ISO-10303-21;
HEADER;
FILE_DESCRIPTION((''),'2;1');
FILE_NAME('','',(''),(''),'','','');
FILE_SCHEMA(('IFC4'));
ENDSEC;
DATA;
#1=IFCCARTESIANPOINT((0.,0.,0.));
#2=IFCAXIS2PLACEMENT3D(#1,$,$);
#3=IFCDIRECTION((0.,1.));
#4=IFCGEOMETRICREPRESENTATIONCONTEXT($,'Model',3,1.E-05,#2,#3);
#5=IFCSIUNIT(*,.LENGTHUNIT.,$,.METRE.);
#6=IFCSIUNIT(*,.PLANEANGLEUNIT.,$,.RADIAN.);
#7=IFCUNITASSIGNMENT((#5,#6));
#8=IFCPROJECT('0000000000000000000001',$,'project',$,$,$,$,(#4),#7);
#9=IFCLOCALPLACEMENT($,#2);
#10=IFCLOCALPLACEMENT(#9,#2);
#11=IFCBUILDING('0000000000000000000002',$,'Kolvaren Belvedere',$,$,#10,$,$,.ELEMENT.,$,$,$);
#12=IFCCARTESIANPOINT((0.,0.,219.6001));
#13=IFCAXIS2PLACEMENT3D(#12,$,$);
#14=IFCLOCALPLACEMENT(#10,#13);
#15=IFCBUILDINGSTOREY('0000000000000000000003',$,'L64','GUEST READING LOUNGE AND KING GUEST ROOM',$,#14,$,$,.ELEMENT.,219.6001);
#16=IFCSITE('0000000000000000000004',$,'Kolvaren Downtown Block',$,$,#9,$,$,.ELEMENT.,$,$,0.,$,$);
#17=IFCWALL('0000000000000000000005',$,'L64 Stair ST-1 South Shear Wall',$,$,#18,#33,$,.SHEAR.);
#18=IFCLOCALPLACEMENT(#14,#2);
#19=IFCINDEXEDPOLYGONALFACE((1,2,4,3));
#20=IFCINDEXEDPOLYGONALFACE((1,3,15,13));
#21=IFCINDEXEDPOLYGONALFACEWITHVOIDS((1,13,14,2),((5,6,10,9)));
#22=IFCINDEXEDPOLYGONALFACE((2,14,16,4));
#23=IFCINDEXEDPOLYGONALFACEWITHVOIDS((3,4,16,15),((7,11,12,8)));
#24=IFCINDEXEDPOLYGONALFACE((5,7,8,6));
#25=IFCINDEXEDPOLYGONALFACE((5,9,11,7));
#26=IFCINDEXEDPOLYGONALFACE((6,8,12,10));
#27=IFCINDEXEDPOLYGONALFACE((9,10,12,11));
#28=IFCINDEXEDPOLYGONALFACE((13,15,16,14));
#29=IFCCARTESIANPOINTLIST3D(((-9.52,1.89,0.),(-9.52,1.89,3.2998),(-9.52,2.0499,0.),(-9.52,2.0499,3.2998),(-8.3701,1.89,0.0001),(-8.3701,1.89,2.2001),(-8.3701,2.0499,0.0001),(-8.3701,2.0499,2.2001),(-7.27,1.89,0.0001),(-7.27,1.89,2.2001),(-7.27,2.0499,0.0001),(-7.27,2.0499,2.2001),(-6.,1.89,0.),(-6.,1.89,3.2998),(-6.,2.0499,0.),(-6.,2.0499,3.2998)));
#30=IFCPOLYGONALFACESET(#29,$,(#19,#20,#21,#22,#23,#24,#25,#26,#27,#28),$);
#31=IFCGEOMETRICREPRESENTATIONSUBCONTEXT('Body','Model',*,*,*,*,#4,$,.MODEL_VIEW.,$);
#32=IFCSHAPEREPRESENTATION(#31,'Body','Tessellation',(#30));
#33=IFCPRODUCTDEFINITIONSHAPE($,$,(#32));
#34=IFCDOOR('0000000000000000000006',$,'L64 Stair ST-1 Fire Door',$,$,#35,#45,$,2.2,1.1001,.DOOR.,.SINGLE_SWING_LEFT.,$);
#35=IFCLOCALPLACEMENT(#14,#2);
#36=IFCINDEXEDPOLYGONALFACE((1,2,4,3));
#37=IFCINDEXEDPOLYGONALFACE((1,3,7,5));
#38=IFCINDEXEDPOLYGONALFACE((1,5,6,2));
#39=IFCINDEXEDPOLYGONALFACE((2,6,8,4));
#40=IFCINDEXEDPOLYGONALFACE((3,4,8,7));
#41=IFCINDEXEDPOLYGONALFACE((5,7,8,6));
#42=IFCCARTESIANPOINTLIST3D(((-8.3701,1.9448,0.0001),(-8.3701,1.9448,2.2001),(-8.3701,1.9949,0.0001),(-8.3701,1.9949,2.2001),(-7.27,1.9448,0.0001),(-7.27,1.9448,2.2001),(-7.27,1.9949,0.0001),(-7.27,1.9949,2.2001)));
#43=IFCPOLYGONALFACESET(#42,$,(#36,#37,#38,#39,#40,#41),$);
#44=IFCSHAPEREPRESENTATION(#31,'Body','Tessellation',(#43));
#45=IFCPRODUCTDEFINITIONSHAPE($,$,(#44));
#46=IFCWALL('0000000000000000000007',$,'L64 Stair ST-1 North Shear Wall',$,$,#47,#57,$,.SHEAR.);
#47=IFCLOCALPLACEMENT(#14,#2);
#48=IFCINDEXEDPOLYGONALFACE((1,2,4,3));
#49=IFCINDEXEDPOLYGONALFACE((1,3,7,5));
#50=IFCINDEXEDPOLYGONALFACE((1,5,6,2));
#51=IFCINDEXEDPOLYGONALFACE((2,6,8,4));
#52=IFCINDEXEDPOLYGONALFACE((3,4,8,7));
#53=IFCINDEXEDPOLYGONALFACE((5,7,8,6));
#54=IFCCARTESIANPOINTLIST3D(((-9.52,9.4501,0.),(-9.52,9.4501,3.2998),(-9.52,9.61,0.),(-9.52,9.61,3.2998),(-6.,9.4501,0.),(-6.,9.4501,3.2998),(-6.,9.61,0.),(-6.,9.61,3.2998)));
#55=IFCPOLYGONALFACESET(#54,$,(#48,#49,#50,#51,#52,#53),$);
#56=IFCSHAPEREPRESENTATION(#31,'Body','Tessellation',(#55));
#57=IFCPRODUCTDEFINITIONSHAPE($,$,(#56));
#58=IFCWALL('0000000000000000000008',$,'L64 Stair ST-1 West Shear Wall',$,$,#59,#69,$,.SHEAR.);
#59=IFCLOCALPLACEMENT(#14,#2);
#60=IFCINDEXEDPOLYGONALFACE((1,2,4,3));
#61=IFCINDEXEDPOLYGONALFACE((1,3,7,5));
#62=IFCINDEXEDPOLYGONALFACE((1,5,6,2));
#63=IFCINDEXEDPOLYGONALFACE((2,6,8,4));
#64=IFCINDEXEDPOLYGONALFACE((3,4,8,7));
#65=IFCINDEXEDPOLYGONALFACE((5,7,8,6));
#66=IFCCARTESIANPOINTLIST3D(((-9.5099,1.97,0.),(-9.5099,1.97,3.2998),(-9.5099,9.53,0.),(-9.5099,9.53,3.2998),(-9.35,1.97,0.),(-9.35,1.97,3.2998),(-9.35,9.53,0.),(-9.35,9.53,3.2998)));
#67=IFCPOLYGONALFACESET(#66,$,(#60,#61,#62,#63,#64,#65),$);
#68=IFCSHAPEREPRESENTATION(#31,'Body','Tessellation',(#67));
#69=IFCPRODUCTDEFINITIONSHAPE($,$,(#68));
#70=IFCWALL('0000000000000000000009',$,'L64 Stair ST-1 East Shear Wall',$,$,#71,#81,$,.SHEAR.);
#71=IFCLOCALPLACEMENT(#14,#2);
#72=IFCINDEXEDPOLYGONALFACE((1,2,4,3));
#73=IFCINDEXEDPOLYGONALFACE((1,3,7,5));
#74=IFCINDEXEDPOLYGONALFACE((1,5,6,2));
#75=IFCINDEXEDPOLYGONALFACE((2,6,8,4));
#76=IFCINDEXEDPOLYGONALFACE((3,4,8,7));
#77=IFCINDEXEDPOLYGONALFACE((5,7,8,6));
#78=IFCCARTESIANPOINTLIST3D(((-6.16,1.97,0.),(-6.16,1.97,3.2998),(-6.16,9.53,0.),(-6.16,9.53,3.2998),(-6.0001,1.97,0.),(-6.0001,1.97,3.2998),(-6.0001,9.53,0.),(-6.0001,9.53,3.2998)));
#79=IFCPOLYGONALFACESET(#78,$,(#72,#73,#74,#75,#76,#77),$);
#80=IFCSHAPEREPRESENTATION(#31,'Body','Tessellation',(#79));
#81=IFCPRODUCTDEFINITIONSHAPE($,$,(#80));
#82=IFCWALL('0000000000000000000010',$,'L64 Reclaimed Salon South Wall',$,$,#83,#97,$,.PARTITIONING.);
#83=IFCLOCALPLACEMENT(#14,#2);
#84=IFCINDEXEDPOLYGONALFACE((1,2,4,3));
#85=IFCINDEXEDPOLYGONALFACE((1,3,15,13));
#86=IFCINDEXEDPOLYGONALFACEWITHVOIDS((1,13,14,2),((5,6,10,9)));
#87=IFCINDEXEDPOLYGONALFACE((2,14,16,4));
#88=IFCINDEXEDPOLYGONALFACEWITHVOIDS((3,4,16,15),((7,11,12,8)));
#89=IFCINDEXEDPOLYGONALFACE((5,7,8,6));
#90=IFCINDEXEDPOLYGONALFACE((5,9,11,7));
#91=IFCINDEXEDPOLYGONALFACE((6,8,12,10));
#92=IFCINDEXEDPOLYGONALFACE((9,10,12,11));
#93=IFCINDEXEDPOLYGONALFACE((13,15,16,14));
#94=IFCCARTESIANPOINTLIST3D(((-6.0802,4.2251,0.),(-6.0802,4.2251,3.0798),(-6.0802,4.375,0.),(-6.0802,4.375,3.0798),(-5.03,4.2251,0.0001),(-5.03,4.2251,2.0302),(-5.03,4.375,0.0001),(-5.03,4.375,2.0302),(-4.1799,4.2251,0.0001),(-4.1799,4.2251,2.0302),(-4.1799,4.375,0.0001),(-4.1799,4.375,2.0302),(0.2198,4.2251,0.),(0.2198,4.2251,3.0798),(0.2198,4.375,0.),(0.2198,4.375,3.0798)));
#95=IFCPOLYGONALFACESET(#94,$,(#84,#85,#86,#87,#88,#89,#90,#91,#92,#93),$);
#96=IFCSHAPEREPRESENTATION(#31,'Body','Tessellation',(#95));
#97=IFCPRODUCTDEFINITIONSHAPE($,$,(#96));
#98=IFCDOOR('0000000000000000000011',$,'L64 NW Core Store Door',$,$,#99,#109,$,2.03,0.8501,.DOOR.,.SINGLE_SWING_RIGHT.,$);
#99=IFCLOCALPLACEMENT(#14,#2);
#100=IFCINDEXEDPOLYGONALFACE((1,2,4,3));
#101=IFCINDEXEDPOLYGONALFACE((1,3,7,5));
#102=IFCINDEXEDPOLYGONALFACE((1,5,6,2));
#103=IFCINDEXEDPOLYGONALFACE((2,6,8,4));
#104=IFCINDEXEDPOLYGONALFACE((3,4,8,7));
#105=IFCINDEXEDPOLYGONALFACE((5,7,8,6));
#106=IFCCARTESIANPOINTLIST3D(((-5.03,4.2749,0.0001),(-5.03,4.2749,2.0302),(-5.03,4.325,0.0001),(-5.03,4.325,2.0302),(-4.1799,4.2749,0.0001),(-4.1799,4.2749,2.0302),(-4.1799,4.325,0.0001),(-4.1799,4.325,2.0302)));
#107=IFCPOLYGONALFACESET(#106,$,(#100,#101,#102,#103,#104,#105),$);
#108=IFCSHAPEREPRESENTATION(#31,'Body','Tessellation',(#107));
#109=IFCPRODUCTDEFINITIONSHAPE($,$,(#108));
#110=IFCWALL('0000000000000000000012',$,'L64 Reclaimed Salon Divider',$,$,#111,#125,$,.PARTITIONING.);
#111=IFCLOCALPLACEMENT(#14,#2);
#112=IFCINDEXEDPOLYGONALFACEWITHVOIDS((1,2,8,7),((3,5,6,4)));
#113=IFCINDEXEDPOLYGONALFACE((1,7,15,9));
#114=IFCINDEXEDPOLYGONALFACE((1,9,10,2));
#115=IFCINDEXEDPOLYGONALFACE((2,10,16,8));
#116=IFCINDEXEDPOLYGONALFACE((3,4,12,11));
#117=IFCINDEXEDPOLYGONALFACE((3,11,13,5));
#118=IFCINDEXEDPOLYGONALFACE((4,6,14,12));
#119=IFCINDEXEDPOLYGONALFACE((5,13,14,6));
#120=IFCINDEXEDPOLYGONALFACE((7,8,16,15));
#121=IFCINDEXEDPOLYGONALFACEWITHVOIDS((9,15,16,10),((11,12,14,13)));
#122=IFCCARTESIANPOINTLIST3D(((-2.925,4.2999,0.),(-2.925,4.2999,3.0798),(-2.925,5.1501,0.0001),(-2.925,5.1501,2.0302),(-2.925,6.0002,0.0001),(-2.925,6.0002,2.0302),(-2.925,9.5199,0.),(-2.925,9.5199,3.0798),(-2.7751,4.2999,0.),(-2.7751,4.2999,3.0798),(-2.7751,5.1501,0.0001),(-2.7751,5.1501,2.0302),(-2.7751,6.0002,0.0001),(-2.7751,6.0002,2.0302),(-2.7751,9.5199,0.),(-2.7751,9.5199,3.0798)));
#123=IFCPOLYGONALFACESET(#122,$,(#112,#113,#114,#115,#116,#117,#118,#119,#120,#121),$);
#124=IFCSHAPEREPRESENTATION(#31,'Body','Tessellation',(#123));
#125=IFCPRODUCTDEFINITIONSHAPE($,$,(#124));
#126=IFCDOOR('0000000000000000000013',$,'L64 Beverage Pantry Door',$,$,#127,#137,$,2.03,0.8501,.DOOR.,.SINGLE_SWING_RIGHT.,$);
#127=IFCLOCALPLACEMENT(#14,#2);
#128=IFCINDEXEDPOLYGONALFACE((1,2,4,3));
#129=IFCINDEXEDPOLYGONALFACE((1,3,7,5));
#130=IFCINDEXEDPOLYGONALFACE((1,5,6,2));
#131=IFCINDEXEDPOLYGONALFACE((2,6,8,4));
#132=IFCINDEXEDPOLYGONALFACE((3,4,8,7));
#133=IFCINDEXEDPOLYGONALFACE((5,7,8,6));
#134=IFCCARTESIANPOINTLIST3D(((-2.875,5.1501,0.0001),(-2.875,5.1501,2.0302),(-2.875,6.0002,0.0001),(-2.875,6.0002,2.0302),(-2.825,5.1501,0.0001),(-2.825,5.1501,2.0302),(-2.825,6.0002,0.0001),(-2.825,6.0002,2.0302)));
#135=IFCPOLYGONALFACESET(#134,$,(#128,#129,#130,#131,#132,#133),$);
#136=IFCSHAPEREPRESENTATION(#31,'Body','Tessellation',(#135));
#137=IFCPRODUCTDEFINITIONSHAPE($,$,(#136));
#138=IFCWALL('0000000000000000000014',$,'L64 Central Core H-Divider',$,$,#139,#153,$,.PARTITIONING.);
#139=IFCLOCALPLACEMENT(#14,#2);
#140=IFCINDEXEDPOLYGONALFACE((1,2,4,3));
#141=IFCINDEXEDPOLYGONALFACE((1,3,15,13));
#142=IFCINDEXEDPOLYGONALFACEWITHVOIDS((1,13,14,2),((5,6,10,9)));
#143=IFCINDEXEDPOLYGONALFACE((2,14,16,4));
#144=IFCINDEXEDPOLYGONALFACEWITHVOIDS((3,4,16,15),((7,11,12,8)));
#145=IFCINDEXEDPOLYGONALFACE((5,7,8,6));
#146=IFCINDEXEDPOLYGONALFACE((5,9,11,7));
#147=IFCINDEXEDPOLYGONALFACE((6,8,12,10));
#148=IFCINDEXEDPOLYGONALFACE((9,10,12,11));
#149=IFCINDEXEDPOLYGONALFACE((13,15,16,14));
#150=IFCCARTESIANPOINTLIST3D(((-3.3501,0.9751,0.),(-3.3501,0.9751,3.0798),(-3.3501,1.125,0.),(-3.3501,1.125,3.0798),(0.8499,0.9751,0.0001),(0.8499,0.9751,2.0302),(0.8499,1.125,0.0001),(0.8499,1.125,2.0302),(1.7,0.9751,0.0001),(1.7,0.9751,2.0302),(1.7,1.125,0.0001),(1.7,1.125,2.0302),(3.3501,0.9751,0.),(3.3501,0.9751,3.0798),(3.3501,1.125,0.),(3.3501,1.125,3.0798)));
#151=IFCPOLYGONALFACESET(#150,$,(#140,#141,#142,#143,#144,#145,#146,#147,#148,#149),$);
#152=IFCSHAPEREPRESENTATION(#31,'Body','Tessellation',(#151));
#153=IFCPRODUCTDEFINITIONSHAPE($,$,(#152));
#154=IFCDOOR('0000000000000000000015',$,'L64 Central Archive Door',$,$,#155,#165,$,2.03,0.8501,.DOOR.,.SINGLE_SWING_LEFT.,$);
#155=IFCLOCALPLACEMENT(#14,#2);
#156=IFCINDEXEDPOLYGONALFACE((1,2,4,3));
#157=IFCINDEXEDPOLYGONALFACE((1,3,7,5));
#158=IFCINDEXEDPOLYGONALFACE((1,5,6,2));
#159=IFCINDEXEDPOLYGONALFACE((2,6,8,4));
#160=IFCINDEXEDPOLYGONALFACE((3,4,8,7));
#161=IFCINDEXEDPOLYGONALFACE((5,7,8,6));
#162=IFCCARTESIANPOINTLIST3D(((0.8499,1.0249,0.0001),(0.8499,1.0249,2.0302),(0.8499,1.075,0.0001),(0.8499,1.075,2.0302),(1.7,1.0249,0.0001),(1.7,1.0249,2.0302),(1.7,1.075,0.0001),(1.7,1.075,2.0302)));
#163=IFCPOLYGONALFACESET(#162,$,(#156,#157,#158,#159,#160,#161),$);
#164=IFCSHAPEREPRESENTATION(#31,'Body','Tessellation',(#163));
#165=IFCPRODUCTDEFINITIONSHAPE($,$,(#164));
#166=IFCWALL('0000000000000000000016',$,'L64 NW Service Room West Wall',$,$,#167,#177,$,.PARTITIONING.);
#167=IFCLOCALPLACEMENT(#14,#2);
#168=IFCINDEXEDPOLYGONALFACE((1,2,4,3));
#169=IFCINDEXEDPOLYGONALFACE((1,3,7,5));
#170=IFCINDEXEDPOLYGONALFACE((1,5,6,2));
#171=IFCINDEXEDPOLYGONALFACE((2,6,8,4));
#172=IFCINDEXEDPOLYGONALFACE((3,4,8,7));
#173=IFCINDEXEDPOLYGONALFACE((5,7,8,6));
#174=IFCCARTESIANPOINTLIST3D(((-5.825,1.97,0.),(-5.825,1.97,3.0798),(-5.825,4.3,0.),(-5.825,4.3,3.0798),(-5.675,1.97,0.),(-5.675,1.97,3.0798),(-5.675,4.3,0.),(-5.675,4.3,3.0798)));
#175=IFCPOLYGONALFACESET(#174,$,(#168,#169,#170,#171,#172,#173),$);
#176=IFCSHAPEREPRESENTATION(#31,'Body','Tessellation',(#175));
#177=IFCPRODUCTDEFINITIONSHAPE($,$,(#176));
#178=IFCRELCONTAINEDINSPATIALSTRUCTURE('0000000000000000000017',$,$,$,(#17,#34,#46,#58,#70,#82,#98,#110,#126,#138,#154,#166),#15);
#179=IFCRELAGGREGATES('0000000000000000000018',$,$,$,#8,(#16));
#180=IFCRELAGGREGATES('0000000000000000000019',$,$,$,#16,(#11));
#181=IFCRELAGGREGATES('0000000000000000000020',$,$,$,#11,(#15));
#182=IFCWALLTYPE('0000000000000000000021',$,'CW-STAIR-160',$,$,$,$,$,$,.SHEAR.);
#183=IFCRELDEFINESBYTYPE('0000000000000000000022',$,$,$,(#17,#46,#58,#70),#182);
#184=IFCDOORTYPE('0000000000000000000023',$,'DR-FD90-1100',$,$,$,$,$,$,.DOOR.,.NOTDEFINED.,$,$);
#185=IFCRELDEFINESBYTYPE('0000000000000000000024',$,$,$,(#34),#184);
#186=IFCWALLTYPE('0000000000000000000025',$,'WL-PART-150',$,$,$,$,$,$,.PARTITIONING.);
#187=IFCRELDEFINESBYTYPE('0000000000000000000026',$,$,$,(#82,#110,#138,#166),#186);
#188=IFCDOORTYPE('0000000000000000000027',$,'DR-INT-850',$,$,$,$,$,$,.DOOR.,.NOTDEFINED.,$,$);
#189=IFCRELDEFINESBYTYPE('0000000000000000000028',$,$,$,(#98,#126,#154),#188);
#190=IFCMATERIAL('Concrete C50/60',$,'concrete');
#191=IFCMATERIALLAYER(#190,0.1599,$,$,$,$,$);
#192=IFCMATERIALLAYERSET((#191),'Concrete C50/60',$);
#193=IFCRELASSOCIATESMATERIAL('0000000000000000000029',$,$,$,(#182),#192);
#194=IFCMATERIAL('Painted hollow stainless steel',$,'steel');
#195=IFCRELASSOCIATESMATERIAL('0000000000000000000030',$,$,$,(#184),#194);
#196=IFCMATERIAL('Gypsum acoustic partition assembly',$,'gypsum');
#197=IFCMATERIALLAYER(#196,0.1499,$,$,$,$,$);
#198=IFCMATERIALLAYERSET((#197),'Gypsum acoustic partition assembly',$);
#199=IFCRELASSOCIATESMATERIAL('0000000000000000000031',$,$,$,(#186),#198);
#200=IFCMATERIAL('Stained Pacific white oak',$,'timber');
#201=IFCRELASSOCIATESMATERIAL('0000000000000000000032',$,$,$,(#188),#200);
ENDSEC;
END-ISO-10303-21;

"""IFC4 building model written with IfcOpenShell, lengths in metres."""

from ifc_helpers import new_model, si_unit, direction, frame, frame_2d, origin, place, context, subcontext, project, spatial, rectangle, extrude, material, layer, layer_set, type_object, element, fill, save


model = new_model("IFC4")

# Units and contexts
model_context = context("Model", 3, precision=1e-05, world=origin(), true_north=direction((0.0, 1.0)))
body_context = subcontext(model_context, "Body", "Model", "MODEL_VIEW")
ifc_project = project(units=[si_unit("LENGTHUNIT", "METRE"), si_unit("PLANEANGLEUNIT", "RADIAN")], contexts=[model_context])

# Site, building, storey
site_placement = place(None, origin())
site = spatial("IfcSite", under=ifc_project, at=site_placement, Name="Kolvaren Downtown Block", CompositionType="ELEMENT", RefElevation=0.0)
building_placement = place(site_placement, origin())
building = spatial("IfcBuilding", under=site, at=building_placement, Name="Kolvaren Belvedere", CompositionType="ELEMENT")
storey_placement = place(building_placement, frame((0.0, 0.0, 219.6001)))
storey = spatial("IfcBuildingStorey", under=building, at=storey_placement, Name="L64", Description="GUEST READING LOUNGE AND KING GUEST ROOM", CompositionType="ELEMENT", Elevation=219.6001)

# Wall, opening, door
ifc_material_1 = material(Name="Concrete C50/60", Category="concrete")
ifc_layer_1 = layer(ifc_material_1, 0.1599)
ifc_layer_set_1 = layer_set([ifc_layer_1], Name="Concrete C50/60")
wall_type_1 = type_object("IfcWallType", Name="CW-STAIR-160", PredefinedType="SHEAR", material=ifc_layer_set_1)
wall_1_placement = place(storey_placement, frame((-9.52, 1.97, 0.0), z_axis=(0.0, 0.0, 1.0), x_axis=(1.0, 0.0, 0.0)))
wall_1 = element("IfcWall", 1, at=wall_1_placement, inside=storey, type_object=wall_type_1, Name="L64 Stair ST-1 South Shear Wall", PredefinedType="SHEAR", context=body_context, shape_type="SweptSolid", body=[
    extrude(rectangle(XDim=3.52, YDim=0.1599, at=frame_2d((1.76, 0.0))), origin(), (0.0, 0.0, 1.0), 3.2998),
])
opening_1_placement = place(wall_1_placement, frame((1.1499, 0.0, 0.0)))
opening_1 = element("IfcOpeningElement", 2, at=opening_1_placement, cuts=wall_1, PredefinedType="OPENING", context=body_context, shape_type="SweptSolid", body=[
    extrude(rectangle(XDim=1.1001, YDim=2.2, at=frame_2d((0.55, 1.1001))), frame((0.0, 0.0898, 0.0), z_axis=(0.0, -1.0, 0.0), x_axis=(1.0, 0.0, 0.0)), (0.0, 0.0, 1.0), 0.1799),
])
ifc_material_2 = material(Name="Painted hollow stainless steel", Category="steel")
door_type_1 = type_object("IfcDoorType", Name="DR-FD90-1100", OperationType="NOTDEFINED", PredefinedType="DOOR", material=ifc_material_2)
door_1_placement = place(opening_1_placement, origin())
door_1 = element("IfcDoor", 3, at=door_1_placement, inside=storey, type_object=door_type_1, Name="L64 Stair ST-1 Fire Door", OperationType="SINGLE_SWING_LEFT", OverallHeight=2.2, OverallWidth=1.1001, PredefinedType="DOOR", context=body_context, shape_type="SweptSolid", body=[
    extrude(rectangle(XDim=1.1001, YDim=2.2, at=frame_2d((0.55, 1.1001))), frame((0.0, 0.0249, 0.0), z_axis=(0.0, -1.0, 0.0), x_axis=(1.0, 0.0, 0.0)), (0.0, 0.0, 1.0), 0.05),
])
fill(opening_1, door_1)

# Walls
wall_2_placement = place(storey_placement, frame((-9.52, 9.53, 0.0), z_axis=(0.0, 0.0, 1.0), x_axis=(1.0, 0.0, 0.0)))
element("IfcWall", 4, at=wall_2_placement, inside=storey, type_object=wall_type_1, Name="L64 Stair ST-1 North Shear Wall", PredefinedType="SHEAR", context=body_context, shape_type="SweptSolid", body=[
    extrude(rectangle(XDim=3.52, YDim=0.1599, at=frame_2d((1.76, 0.0))), origin(), (0.0, 0.0, 1.0), 3.2998),
])
for number, where, z_axis, x_axis, name in (
    (5, (-9.4299, 1.97, 0.0), (0.0, 0.0, 1.0), (0.0, 1.0, 0.0), "L64 Stair ST-1 West Shear Wall"),
    (6, (-6.0801, 1.97, 0.0), (0.0, 0.0, 1.0), (0.0, 1.0, 0.0), "L64 Stair ST-1 East Shear Wall"),
):
    element("IfcWall", number, at=place(storey_placement, frame(where, z_axis=z_axis, x_axis=x_axis)), inside=storey, type_object=wall_type_1, Name=name, PredefinedType="SHEAR", context=body_context, shape_type="SweptSolid", body=[
        extrude(rectangle(XDim=7.5601, YDim=0.1599, at=frame_2d((3.78, 0.0))), origin(), (0.0, 0.0, 1.0), 3.2998),
    ])

# Walls, openings, doors
ifc_material_3 = material(Name="Gypsum acoustic partition assembly", Category="gypsum")
ifc_layer_2 = layer(ifc_material_3, 0.1499)
ifc_layer_set_2 = layer_set([ifc_layer_2], Name="Gypsum acoustic partition assembly")
wall_type_2 = type_object("IfcWallType", Name="WL-PART-150", PredefinedType="PARTITIONING", material=ifc_layer_set_2)
wall_3_placement = place(storey_placement, frame((-6.0801, 4.3, 0.0), z_axis=(0.0, 0.0, 1.0), x_axis=(1.0, 0.0, 0.0)))
wall_3 = element("IfcWall", 7, at=wall_3_placement, inside=storey, type_object=wall_type_2, Name="L64 Reclaimed Salon South Wall", PredefinedType="PARTITIONING", context=body_context, shape_type="SweptSolid", body=[
    extrude(rectangle(XDim=6.3, YDim=0.1499, at=frame_2d((3.1499, 0.0))), origin(), (0.0, 0.0, 1.0), 3.0798),
])
opening_2_placement = place(wall_3_placement, frame((1.05, 0.0, 0.0)))
opening_2 = element("IfcOpeningElement", 8, at=opening_2_placement, cuts=wall_3, PredefinedType="OPENING", context=body_context, shape_type="SweptSolid", body=[
    extrude(rectangle(XDim=0.8501, YDim=2.03, at=frame_2d((0.425, 1.0151))), frame((0.0, 0.085, 0.0), z_axis=(0.0, -1.0, 0.0), x_axis=(1.0, 0.0, 0.0)), (0.0, 0.0, 1.0), 0.1699),
])
ifc_material_4 = material(Name="Stained Pacific white oak", Category="timber")
door_type_2 = type_object("IfcDoorType", Name="DR-INT-850", OperationType="NOTDEFINED", PredefinedType="DOOR", material=ifc_material_4)
door_2_placement = place(opening_2_placement, origin())
door_2 = element("IfcDoor", 9, at=door_2_placement, inside=storey, type_object=door_type_2, Name="L64 NW Core Store Door", OperationType="SINGLE_SWING_RIGHT", OverallHeight=2.03, OverallWidth=0.8501, PredefinedType="DOOR", context=body_context, shape_type="SweptSolid", body=[
    extrude(rectangle(XDim=0.8501, YDim=2.03, at=frame_2d((0.425, 1.0151))), frame((0.0, 0.0249, 0.0), z_axis=(0.0, -1.0, 0.0), x_axis=(1.0, 0.0, 0.0)), (0.0, 0.0, 1.0), 0.05),
])
fill(opening_2, door_2)
wall_4_placement = place(storey_placement, frame((-2.8501, 4.3, 0.0), z_axis=(0.0, 0.0, 1.0), x_axis=(0.0, 1.0, 0.0)))
wall_4 = element("IfcWall", 10, at=wall_4_placement, inside=storey, type_object=wall_type_2, Name="L64 Reclaimed Salon Divider", PredefinedType="PARTITIONING", context=body_context, shape_type="SweptSolid", body=[
    extrude(rectangle(XDim=5.22, YDim=0.1499, at=frame_2d((2.6099, 0.0))), origin(), (0.0, 0.0, 1.0), 3.0798),
])
opening_3_placement = place(wall_4_placement, frame((0.8501, 0.0, 0.0)))
opening_3 = element("IfcOpeningElement", 11, at=opening_3_placement, cuts=wall_4, PredefinedType="OPENING", context=body_context, shape_type="SweptSolid", body=[
    extrude(rectangle(XDim=0.8501, YDim=2.03, at=frame_2d((0.425, 1.0151))), frame((0.0, 0.085, 0.0), z_axis=(0.0, -1.0, 0.0), x_axis=(1.0, 0.0, 0.0)), (0.0, 0.0, 1.0), 0.1699),
])
door_3_placement = place(opening_3_placement, origin())
door_3 = element("IfcDoor", 12, at=door_3_placement, inside=storey, type_object=door_type_2, Name="L64 Beverage Pantry Door", OperationType="SINGLE_SWING_RIGHT", OverallHeight=2.03, OverallWidth=0.8501, PredefinedType="DOOR", context=body_context, shape_type="SweptSolid", body=[
    extrude(rectangle(XDim=0.8501, YDim=2.03, at=frame_2d((0.425, 1.0151))), frame((0.0, 0.0249, 0.0), z_axis=(0.0, -1.0, 0.0), x_axis=(1.0, 0.0, 0.0)), (0.0, 0.0, 1.0), 0.05),
])
fill(opening_3, door_3)
wall_5_placement = place(storey_placement, frame((-3.3501, 1.05, 0.0), z_axis=(0.0, 0.0, 1.0), x_axis=(1.0, 0.0, 0.0)))
wall_5 = element("IfcWall", 13, at=wall_5_placement, inside=storey, type_object=wall_type_2, Name="L64 Central Core H-Divider", PredefinedType="PARTITIONING", context=body_context, shape_type="SweptSolid", body=[
    extrude(rectangle(XDim=6.7002, YDim=0.1499, at=frame_2d((3.3501, 0.0))), origin(), (0.0, 0.0, 1.0), 3.0798),
])
opening_4_placement = place(wall_5_placement, frame((4.2, 0.0, 0.0)))
opening_4 = element("IfcOpeningElement", 14, at=opening_4_placement, cuts=wall_5, PredefinedType="OPENING", context=body_context, shape_type="SweptSolid", body=[
    extrude(rectangle(XDim=0.8501, YDim=2.03, at=frame_2d((0.425, 1.0151))), frame((0.0, 0.085, 0.0), z_axis=(0.0, -1.0, 0.0), x_axis=(1.0, 0.0, 0.0)), (0.0, 0.0, 1.0), 0.1699),
])
door_4_placement = place(opening_4_placement, origin())
door_4 = element("IfcDoor", 15, at=door_4_placement, inside=storey, type_object=door_type_2, Name="L64 Central Archive Door", OperationType="SINGLE_SWING_LEFT", OverallHeight=2.03, OverallWidth=0.8501, PredefinedType="DOOR", context=body_context, shape_type="SweptSolid", body=[
    extrude(rectangle(XDim=0.8501, YDim=2.03, at=frame_2d((0.425, 1.0151))), frame((0.0, 0.0249, 0.0), z_axis=(0.0, -1.0, 0.0), x_axis=(1.0, 0.0, 0.0)), (0.0, 0.0, 1.0), 0.05),
])
fill(opening_4, door_4)

# Wall
wall_6_placement = place(storey_placement, frame((-5.75, 1.97, 0.0), z_axis=(0.0, 0.0, 1.0), x_axis=(0.0, 1.0, 0.0)))
element("IfcWall", 16, at=wall_6_placement, inside=storey, type_object=wall_type_2, Name="L64 NW Service Room West Wall", PredefinedType="PARTITIONING", context=body_context, shape_type="SweptSolid", body=[
    extrude(rectangle(XDim=2.3301, YDim=0.1499, at=frame_2d((1.165, 0.0))), origin(), (0.0, 0.0, 1.0), 3.0798),
])

save(model, "model.ifc")
